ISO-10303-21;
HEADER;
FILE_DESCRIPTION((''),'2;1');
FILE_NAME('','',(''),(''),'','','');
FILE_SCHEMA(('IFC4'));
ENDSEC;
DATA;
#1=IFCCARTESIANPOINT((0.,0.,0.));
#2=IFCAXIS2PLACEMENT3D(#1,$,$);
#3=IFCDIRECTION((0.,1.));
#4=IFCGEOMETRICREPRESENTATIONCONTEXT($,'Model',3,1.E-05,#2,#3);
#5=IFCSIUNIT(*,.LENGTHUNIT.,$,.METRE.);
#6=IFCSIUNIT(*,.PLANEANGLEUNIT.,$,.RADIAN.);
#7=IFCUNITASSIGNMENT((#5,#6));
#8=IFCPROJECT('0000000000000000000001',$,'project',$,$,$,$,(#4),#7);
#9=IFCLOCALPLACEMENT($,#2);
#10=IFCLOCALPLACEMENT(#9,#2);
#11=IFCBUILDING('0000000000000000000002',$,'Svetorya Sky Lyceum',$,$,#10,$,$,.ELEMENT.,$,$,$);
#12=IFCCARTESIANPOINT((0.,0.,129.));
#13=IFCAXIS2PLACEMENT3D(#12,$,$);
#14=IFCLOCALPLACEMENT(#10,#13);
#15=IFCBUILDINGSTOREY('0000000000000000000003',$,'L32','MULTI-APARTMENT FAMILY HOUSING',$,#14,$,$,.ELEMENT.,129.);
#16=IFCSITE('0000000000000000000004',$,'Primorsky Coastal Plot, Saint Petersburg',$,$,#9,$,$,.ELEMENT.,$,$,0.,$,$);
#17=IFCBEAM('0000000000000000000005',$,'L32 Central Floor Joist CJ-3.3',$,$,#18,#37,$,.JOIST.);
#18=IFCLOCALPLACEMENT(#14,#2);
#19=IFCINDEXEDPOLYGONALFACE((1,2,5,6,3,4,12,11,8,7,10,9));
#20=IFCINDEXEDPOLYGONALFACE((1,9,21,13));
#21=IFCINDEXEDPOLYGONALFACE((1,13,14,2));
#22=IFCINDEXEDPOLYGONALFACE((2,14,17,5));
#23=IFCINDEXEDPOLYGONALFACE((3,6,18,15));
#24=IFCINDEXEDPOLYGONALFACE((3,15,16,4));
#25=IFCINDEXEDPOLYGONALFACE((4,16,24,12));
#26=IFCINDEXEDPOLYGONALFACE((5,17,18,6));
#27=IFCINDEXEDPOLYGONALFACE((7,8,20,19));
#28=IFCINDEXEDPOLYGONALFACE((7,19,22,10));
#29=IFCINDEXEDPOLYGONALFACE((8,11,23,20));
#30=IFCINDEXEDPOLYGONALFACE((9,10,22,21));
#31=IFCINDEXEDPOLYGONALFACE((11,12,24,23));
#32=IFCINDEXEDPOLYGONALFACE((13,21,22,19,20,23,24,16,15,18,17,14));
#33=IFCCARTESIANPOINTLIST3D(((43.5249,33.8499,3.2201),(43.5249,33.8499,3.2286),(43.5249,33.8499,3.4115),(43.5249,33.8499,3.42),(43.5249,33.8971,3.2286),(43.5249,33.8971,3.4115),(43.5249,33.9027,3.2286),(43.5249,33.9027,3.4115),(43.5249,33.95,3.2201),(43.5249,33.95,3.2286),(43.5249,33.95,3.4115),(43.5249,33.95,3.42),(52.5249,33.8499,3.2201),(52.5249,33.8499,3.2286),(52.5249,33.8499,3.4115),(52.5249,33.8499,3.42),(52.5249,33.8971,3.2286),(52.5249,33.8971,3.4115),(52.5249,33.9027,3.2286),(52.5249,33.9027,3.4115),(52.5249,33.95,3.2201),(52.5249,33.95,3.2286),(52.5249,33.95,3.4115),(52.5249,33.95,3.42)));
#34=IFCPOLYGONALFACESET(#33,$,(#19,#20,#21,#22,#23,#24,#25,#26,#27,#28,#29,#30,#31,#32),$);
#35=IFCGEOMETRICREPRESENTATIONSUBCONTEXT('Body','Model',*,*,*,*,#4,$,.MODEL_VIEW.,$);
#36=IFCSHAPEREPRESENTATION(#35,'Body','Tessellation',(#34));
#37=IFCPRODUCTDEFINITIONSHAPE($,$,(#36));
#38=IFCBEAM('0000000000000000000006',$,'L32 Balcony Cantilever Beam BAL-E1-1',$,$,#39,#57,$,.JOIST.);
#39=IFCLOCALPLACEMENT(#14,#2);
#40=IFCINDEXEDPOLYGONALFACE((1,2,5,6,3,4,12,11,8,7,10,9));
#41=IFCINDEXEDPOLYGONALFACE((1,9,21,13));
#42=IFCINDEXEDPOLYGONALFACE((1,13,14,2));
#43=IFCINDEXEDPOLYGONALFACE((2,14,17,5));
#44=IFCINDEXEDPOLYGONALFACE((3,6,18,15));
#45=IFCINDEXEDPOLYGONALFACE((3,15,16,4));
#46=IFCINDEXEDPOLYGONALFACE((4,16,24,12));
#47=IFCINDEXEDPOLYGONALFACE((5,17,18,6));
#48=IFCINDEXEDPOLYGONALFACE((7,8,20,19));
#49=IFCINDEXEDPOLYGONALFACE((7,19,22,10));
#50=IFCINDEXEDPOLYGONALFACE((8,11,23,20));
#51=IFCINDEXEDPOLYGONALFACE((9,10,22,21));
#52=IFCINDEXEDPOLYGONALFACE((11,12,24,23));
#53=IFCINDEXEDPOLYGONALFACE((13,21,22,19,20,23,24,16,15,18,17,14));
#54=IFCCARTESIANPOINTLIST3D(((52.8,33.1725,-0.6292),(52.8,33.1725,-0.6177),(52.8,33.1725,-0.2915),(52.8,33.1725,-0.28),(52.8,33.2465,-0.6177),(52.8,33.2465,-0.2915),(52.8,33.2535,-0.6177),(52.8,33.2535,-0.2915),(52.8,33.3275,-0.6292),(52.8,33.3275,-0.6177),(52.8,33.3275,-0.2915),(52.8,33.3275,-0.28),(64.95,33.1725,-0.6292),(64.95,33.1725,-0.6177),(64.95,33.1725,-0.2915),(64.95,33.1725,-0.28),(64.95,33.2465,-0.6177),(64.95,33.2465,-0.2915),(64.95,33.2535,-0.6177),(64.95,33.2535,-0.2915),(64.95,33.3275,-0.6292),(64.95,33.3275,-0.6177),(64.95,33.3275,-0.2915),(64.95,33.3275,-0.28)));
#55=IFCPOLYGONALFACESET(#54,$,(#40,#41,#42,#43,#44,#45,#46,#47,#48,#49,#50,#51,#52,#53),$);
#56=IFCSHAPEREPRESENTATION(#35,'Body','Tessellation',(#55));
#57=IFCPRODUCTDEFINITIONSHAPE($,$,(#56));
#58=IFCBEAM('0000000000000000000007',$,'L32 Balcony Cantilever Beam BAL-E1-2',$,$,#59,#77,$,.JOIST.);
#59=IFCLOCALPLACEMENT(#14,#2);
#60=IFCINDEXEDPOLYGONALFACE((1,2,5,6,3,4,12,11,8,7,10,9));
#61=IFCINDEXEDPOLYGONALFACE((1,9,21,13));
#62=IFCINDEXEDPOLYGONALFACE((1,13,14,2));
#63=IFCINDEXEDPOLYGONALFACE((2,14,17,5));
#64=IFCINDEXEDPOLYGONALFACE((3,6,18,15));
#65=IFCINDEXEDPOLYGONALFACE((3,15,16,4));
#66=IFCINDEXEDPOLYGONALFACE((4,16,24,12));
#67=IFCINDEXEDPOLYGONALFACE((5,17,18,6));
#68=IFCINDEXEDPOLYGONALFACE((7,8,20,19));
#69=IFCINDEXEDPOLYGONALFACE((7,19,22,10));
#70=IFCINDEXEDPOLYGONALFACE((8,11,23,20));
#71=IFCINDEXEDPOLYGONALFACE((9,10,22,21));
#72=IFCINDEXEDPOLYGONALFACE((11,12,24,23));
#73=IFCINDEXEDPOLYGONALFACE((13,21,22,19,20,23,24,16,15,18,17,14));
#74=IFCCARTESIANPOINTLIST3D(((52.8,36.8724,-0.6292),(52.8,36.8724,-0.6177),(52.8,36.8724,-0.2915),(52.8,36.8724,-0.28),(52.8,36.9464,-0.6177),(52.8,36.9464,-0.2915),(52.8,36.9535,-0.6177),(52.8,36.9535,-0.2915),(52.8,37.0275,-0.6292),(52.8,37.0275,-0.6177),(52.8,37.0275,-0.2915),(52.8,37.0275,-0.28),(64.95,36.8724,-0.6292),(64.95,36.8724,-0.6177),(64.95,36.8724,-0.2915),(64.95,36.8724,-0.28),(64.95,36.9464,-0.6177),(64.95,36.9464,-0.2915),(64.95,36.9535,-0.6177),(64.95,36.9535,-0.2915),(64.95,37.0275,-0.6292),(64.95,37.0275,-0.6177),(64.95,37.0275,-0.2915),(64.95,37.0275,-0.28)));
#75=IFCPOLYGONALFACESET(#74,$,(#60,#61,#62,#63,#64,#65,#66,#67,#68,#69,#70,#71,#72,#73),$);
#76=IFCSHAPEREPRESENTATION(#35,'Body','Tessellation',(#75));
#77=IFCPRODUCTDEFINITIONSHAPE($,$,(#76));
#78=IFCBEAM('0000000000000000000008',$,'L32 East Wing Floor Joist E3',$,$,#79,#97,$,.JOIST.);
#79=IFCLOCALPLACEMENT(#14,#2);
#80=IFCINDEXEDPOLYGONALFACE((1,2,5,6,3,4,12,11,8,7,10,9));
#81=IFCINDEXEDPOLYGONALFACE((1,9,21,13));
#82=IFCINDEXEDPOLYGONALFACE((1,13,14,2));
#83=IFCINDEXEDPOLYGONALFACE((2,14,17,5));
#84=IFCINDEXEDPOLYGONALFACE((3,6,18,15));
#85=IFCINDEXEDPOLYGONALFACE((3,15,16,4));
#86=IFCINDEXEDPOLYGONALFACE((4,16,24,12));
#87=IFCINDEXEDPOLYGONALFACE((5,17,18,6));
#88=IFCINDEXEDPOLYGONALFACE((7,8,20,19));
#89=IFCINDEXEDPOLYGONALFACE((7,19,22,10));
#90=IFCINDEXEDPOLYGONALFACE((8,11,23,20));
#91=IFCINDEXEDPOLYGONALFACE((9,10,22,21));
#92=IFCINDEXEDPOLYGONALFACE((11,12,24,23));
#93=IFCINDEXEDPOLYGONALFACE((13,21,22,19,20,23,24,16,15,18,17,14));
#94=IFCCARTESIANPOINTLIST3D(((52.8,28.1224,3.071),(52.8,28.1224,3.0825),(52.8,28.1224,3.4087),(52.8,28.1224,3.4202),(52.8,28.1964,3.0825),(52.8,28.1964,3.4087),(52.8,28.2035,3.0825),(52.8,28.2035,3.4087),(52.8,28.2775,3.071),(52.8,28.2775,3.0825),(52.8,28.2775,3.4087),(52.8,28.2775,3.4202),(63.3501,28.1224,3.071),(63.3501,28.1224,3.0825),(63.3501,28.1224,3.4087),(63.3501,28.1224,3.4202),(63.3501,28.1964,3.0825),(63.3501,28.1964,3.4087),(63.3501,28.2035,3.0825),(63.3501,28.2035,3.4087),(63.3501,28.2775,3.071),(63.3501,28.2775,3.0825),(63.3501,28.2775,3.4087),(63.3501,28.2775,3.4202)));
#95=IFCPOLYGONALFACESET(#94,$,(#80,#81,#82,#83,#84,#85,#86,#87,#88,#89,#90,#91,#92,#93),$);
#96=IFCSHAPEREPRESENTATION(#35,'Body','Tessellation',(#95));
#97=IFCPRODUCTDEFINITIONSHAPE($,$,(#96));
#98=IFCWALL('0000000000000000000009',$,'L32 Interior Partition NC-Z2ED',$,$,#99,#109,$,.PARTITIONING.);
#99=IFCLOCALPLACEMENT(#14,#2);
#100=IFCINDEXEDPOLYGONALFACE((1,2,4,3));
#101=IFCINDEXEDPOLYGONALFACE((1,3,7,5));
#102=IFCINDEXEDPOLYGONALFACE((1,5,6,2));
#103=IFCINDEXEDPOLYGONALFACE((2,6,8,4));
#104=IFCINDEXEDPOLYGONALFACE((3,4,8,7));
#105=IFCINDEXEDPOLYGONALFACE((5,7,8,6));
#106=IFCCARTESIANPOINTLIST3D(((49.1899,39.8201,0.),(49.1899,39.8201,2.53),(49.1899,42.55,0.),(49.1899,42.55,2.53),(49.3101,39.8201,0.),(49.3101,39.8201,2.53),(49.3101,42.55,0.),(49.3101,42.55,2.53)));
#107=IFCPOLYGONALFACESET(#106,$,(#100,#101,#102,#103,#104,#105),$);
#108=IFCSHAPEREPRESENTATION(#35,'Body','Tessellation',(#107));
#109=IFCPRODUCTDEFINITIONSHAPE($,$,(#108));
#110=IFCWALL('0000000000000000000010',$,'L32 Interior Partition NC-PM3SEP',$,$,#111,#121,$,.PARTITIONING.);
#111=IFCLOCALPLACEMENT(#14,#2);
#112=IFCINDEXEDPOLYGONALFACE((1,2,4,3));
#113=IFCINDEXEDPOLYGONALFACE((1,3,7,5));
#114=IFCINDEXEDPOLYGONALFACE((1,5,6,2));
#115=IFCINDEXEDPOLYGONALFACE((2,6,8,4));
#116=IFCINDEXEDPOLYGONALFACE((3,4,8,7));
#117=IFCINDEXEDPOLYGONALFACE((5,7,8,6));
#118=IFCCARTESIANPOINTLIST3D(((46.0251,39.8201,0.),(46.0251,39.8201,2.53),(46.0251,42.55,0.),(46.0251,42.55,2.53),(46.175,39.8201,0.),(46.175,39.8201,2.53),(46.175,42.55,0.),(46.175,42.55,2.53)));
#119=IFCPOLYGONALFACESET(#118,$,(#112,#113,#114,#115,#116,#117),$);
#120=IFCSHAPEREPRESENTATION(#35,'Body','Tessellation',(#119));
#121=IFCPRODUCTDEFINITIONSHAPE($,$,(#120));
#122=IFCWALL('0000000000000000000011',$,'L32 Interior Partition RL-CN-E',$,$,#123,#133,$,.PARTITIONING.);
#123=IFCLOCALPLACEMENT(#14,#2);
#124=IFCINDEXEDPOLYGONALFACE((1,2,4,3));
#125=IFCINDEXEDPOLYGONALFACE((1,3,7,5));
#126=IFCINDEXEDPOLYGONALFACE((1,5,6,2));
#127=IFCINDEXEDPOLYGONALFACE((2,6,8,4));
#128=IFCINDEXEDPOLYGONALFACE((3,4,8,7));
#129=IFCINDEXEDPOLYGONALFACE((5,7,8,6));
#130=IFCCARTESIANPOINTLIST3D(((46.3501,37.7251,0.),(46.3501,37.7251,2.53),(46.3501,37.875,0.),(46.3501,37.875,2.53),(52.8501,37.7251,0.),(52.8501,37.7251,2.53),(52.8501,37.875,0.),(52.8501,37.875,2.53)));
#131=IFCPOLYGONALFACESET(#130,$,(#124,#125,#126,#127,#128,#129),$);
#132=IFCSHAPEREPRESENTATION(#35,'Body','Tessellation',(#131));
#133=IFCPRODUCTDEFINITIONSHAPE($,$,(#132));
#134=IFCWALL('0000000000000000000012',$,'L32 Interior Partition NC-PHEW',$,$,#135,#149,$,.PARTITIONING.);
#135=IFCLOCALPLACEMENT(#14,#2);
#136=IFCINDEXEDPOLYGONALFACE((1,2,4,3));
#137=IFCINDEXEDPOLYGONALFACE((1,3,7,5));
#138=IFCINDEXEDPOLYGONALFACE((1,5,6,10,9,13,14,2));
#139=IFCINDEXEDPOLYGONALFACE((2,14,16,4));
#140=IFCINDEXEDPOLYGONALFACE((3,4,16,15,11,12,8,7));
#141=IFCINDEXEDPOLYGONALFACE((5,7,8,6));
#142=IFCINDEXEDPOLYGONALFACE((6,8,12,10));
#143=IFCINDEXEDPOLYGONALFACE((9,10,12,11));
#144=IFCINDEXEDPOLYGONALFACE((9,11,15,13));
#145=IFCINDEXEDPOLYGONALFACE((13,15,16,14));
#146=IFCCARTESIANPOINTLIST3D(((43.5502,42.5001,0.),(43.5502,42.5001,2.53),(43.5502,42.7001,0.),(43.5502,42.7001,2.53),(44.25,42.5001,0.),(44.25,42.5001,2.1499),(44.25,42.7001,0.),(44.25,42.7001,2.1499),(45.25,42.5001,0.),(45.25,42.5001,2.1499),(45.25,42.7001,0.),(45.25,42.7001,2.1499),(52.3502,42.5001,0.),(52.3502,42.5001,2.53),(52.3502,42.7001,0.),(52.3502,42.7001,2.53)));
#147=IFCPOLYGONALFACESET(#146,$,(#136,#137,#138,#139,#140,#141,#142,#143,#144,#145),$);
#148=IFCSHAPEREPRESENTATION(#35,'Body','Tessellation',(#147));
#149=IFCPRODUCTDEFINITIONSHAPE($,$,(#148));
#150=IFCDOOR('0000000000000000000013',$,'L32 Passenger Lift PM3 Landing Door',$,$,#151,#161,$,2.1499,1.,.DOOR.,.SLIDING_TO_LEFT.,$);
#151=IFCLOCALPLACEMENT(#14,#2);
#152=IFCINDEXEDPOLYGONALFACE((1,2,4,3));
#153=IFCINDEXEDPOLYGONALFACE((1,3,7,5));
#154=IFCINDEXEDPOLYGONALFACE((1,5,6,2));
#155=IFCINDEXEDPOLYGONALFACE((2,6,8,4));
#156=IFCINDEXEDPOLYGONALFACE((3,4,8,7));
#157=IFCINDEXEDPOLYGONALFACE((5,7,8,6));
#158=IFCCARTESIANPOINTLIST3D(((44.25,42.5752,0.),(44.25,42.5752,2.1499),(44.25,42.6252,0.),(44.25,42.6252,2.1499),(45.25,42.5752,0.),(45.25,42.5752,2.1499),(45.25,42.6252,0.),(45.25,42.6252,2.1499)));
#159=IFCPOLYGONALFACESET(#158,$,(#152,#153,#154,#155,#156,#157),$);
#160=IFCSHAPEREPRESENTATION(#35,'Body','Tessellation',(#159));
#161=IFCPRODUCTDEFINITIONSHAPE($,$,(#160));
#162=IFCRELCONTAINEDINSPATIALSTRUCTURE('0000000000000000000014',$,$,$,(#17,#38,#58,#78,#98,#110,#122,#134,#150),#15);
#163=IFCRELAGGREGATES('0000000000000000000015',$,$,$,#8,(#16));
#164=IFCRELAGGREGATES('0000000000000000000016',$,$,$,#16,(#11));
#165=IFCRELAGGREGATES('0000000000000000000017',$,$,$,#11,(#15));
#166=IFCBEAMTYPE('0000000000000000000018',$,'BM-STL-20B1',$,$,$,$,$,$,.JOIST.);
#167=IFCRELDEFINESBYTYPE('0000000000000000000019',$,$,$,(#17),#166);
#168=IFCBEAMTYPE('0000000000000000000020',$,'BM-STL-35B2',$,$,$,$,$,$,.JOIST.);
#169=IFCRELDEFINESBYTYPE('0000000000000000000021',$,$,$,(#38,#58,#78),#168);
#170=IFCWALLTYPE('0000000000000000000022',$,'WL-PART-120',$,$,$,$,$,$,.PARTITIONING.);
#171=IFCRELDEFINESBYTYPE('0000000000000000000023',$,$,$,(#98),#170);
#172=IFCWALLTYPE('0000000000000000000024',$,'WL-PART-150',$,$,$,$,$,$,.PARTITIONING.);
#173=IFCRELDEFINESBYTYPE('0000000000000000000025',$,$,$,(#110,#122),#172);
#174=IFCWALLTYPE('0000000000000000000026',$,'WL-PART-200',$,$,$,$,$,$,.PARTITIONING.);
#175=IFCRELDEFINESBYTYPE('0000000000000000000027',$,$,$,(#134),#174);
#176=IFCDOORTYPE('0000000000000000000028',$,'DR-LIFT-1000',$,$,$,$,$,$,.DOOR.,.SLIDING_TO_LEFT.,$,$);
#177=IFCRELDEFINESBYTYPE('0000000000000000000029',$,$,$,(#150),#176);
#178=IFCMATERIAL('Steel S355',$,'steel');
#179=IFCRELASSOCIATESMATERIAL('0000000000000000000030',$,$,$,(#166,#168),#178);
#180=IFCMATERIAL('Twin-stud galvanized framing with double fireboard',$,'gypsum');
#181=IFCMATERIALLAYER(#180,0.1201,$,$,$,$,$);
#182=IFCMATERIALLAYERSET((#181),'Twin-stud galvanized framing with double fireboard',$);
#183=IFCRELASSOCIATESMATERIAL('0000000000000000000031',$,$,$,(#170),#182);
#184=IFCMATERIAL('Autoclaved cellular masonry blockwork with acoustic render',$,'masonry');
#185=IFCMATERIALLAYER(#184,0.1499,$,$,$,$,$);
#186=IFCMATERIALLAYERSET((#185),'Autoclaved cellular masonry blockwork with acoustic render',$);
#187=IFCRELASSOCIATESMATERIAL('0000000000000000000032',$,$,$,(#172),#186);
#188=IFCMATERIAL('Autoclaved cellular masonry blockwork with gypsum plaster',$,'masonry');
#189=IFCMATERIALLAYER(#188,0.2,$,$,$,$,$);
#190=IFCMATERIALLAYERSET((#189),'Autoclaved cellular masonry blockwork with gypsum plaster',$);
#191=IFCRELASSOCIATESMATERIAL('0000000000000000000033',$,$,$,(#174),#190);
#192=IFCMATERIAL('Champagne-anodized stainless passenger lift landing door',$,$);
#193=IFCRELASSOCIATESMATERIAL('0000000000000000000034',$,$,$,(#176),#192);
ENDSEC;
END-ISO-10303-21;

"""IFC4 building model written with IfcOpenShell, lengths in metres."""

from ifc_helpers import new_model, si_unit, direction, frame, frame_2d, origin, origin_2d, place, context, subcontext, project, spatial, rectangle, i_section, extrude, material, layer, layer_set, material_profile, profile_set, type_object, element, fill, save


model = new_model("IFC4")

# Units and contexts
model_context = context("Model", 3, precision=1e-05, world=origin(), true_north=direction((0.0, 1.0)))
body_context = subcontext(model_context, "Body", "Model", "MODEL_VIEW")
ifc_project = project(units=[si_unit("LENGTHUNIT", "METRE"), si_unit("PLANEANGLEUNIT", "RADIAN")], contexts=[model_context])

# Site, building, storey
site_placement = place(None, origin())
site = spatial("IfcSite", under=ifc_project, at=site_placement, Name="Primorsky Coastal Plot, Saint Petersburg", CompositionType="ELEMENT", RefElevation=0.0)
building_placement = place(site_placement, origin())
building = spatial("IfcBuilding", under=site, at=building_placement, Name="Svetorya Sky Lyceum", CompositionType="ELEMENT")
storey_placement = place(building_placement, frame((0.0, 0.0, 129.0)))
storey = spatial("IfcBuildingStorey", under=building, at=storey_placement, Name="L32", Description="MULTI-APARTMENT FAMILY HOUSING", CompositionType="ELEMENT", Elevation=129.0)

# Beams
ifc_material_1 = material(Name="Steel S355", Category="steel")
ifc_material_profile_1 = material_profile(ifc_material_1, i_section(OverallWidth=0.1001, OverallDepth=0.2, WebThickness=0.0056, FlangeThickness=0.0085, at=origin_2d()), Name="GOST 20B1")
ifc_profile_set_1 = profile_set([ifc_material_profile_1], Name="Steel S355")
beam_type_1 = type_object("IfcBeamType", Name="BM-STL-20B1", PredefinedType="JOIST", material=ifc_profile_set_1)
beam_1_placement = place(storey_placement, frame((43.5249, 33.8999, 3.3201), z_axis=(1.0, 0.0, 0.0), x_axis=(0.0, 1.0, 0.0)))
element("IfcBeam", 1, at=beam_1_placement, inside=storey, type_object=beam_type_1, Name="L32 Central Floor Joist CJ-3.3", PredefinedType="JOIST", context=body_context, shape_type="SweptSolid", body=[
    extrude(i_section(OverallWidth=0.1001, OverallDepth=0.2, WebThickness=0.0056, FlangeThickness=0.0085, at=origin_2d()), origin(), (0.0, 0.0, 1.0), 9.0),
])
ifc_material_profile_2 = material_profile(ifc_material_1, i_section(OverallWidth=0.155, OverallDepth=0.3491, WebThickness=0.0071, FlangeThickness=0.0115, at=origin_2d()), Name="GOST 35B2")
ifc_profile_set_2 = profile_set([ifc_material_profile_2], Name="Steel S355")
beam_type_2 = type_object("IfcBeamType", Name="BM-STL-35B2", PredefinedType="JOIST", material=ifc_profile_set_2)
for number, where, z_axis, x_axis, name in (
    (2, (52.8, 33.25, -0.4546), (1.0, 0.0, 0.0), (0.0, 1.0, 0.0), "L32 Balcony Cantilever Beam BAL-E1-1"),
    (3, (52.8, 36.95, -0.4546), (1.0, 0.0, 0.0), (0.0, 1.0, 0.0), "L32 Balcony Cantilever Beam BAL-E1-2"),
):
    element("IfcBeam", number, at=place(storey_placement, frame(where, z_axis=z_axis, x_axis=x_axis)), inside=storey, type_object=beam_type_2, Name=name, PredefinedType="JOIST", context=body_context, shape_type="SweptSolid", body=[
        extrude(i_section(OverallWidth=0.155, OverallDepth=0.3491, WebThickness=0.0071, FlangeThickness=0.0115, at=origin_2d()), origin(), (0.0, 0.0, 1.0), 12.1499),
    ])
beam_2_placement = place(storey_placement, frame((52.8, 28.2, 3.2456), z_axis=(1.0, 0.0, 0.0), x_axis=(0.0, 1.0, 0.0)))
element("IfcBeam", 4, at=beam_2_placement, inside=storey, type_object=beam_type_2, Name="L32 East Wing Floor Joist E3", PredefinedType="JOIST", context=body_context, shape_type="SweptSolid", body=[
    extrude(i_section(OverallWidth=0.155, OverallDepth=0.3491, WebThickness=0.0071, FlangeThickness=0.0115, at=origin_2d()), origin(), (0.0, 0.0, 1.0), 10.55),
])

# Walls
ifc_material_2 = material(Name="Twin-stud galvanized framing with double fireboard", Category="gypsum")
ifc_layer_1 = layer(ifc_material_2, 0.1201)
ifc_layer_set_1 = layer_set([ifc_layer_1], Name="Twin-stud galvanized framing with double fireboard")
wall_type_1 = type_object("IfcWallType", Name="WL-PART-120", PredefinedType="PARTITIONING", material=ifc_layer_set_1)
wall_1_placement = place(storey_placement, frame((49.25, 39.8201, 0.0), z_axis=(0.0, 0.0, 1.0), x_axis=(0.0, 1.0, 0.0)))
element("IfcWall", 5, at=wall_1_placement, inside=storey, type_object=wall_type_1, Name="L32 Interior Partition NC-Z2ED", PredefinedType="PARTITIONING", context=body_context, shape_type="SweptSolid", body=[
    extrude(rectangle(XDim=2.73, YDim=0.1201, at=frame_2d((1.365, 0.0))), origin(), (0.0, 0.0, 1.0), 2.53),
])
ifc_material_3 = material(Name="Autoclaved cellular masonry blockwork with acoustic render", Category="masonry")
ifc_layer_2 = layer(ifc_material_3, 0.1499)
ifc_layer_set_2 = layer_set([ifc_layer_2], Name="Autoclaved cellular masonry blockwork with acoustic render")
wall_type_2 = type_object("IfcWallType", Name="WL-PART-150", PredefinedType="PARTITIONING", material=ifc_layer_set_2)
wall_2_placement = place(storey_placement, frame((46.1001, 39.8201, 0.0), z_axis=(0.0, 0.0, 1.0), x_axis=(0.0, 1.0, 0.0)))
element("IfcWall", 6, at=wall_2_placement, inside=storey, type_object=wall_type_2, Name="L32 Interior Partition NC-PM3SEP", PredefinedType="PARTITIONING", context=body_context, shape_type="SweptSolid", body=[
    extrude(rectangle(XDim=2.73, YDim=0.1499, at=frame_2d((1.365, 0.0))), origin(), (0.0, 0.0, 1.0), 2.53),
])
wall_3_placement = place(storey_placement, frame((46.3501, 37.8, 0.0), z_axis=(0.0, 0.0, 1.0), x_axis=(1.0, 0.0, 0.0)))
element("IfcWall", 7, at=wall_3_placement, inside=storey, type_object=wall_type_2, Name="L32 Interior Partition RL-CN-E", PredefinedType="PARTITIONING", context=body_context, shape_type="SweptSolid", body=[
    extrude(rectangle(XDim=6.5, YDim=0.1499, at=frame_2d((3.25, 0.0))), origin(), (0.0, 0.0, 1.0), 2.53),
])

# Wall, opening, door
ifc_material_4 = material(Name="Autoclaved cellular masonry blockwork with gypsum plaster", Category="masonry")
ifc_layer_3 = layer(ifc_material_4, 0.2)
ifc_layer_set_3 = layer_set([ifc_layer_3], Name="Autoclaved cellular masonry blockwork with gypsum plaster")
wall_type_3 = type_object("IfcWallType", Name="WL-PART-200", PredefinedType="PARTITIONING", material=ifc_layer_set_3)
wall_4_placement = place(storey_placement, frame((52.3501, 42.6001, 0.0), z_axis=(0.0, 0.0, 1.0), x_axis=(-1.0, 0.0, 0.0)))
wall_4 = element("IfcWall", 8, at=wall_4_placement, inside=storey, type_object=wall_type_3, Name="L32 Interior Partition NC-PHEW", PredefinedType="PARTITIONING", context=body_context, shape_type="SweptSolid", body=[
    extrude(rectangle(XDim=8.8, YDim=0.2, at=frame_2d((4.3999, 0.0))), origin(), (0.0, 0.0, 1.0), 2.53),
])
opening_1_placement = place(wall_4_placement, frame((7.1001, 0.0, 0.0)))
opening_1 = element("IfcOpeningElement", 9, at=opening_1_placement, cuts=wall_4, PredefinedType="OPENING", context=body_context, shape_type="SweptSolid", body=[
    extrude(rectangle(XDim=1.0, YDim=2.1499, at=frame_2d((0.5, 1.075))), frame((0.0, 0.1099, 0.0), z_axis=(0.0, -1.0, 0.0), x_axis=(1.0, 0.0, 0.0)), (0.0, 0.0, 1.0), 0.22),
])
ifc_material_5 = material(Name="Champagne-anodized stainless passenger lift landing door")
door_type_1 = type_object("IfcDoorType", Name="DR-LIFT-1000", OperationType="SLIDING_TO_LEFT", PredefinedType="DOOR", material=ifc_material_5)
door_1_placement = place(opening_1_placement, origin())
door_1 = element("IfcDoor", 10, at=door_1_placement, inside=storey, type_object=door_type_1, Name="L32 Passenger Lift PM3 Landing Door", OperationType="SLIDING_TO_LEFT", OverallHeight=2.1499, OverallWidth=1.0, PredefinedType="DOOR", context=body_context, shape_type="SweptSolid", body=[
    extrude(rectangle(XDim=1.0, YDim=2.1499, at=frame_2d((0.5, 1.075))), frame((0.0, 0.0249, 0.0), z_axis=(0.0, -1.0, 0.0), x_axis=(1.0, 0.0, 0.0)), (0.0, 0.0, 1.0), 0.05),
])
fill(opening_1, door_1)

save(model, "model.ifc")
